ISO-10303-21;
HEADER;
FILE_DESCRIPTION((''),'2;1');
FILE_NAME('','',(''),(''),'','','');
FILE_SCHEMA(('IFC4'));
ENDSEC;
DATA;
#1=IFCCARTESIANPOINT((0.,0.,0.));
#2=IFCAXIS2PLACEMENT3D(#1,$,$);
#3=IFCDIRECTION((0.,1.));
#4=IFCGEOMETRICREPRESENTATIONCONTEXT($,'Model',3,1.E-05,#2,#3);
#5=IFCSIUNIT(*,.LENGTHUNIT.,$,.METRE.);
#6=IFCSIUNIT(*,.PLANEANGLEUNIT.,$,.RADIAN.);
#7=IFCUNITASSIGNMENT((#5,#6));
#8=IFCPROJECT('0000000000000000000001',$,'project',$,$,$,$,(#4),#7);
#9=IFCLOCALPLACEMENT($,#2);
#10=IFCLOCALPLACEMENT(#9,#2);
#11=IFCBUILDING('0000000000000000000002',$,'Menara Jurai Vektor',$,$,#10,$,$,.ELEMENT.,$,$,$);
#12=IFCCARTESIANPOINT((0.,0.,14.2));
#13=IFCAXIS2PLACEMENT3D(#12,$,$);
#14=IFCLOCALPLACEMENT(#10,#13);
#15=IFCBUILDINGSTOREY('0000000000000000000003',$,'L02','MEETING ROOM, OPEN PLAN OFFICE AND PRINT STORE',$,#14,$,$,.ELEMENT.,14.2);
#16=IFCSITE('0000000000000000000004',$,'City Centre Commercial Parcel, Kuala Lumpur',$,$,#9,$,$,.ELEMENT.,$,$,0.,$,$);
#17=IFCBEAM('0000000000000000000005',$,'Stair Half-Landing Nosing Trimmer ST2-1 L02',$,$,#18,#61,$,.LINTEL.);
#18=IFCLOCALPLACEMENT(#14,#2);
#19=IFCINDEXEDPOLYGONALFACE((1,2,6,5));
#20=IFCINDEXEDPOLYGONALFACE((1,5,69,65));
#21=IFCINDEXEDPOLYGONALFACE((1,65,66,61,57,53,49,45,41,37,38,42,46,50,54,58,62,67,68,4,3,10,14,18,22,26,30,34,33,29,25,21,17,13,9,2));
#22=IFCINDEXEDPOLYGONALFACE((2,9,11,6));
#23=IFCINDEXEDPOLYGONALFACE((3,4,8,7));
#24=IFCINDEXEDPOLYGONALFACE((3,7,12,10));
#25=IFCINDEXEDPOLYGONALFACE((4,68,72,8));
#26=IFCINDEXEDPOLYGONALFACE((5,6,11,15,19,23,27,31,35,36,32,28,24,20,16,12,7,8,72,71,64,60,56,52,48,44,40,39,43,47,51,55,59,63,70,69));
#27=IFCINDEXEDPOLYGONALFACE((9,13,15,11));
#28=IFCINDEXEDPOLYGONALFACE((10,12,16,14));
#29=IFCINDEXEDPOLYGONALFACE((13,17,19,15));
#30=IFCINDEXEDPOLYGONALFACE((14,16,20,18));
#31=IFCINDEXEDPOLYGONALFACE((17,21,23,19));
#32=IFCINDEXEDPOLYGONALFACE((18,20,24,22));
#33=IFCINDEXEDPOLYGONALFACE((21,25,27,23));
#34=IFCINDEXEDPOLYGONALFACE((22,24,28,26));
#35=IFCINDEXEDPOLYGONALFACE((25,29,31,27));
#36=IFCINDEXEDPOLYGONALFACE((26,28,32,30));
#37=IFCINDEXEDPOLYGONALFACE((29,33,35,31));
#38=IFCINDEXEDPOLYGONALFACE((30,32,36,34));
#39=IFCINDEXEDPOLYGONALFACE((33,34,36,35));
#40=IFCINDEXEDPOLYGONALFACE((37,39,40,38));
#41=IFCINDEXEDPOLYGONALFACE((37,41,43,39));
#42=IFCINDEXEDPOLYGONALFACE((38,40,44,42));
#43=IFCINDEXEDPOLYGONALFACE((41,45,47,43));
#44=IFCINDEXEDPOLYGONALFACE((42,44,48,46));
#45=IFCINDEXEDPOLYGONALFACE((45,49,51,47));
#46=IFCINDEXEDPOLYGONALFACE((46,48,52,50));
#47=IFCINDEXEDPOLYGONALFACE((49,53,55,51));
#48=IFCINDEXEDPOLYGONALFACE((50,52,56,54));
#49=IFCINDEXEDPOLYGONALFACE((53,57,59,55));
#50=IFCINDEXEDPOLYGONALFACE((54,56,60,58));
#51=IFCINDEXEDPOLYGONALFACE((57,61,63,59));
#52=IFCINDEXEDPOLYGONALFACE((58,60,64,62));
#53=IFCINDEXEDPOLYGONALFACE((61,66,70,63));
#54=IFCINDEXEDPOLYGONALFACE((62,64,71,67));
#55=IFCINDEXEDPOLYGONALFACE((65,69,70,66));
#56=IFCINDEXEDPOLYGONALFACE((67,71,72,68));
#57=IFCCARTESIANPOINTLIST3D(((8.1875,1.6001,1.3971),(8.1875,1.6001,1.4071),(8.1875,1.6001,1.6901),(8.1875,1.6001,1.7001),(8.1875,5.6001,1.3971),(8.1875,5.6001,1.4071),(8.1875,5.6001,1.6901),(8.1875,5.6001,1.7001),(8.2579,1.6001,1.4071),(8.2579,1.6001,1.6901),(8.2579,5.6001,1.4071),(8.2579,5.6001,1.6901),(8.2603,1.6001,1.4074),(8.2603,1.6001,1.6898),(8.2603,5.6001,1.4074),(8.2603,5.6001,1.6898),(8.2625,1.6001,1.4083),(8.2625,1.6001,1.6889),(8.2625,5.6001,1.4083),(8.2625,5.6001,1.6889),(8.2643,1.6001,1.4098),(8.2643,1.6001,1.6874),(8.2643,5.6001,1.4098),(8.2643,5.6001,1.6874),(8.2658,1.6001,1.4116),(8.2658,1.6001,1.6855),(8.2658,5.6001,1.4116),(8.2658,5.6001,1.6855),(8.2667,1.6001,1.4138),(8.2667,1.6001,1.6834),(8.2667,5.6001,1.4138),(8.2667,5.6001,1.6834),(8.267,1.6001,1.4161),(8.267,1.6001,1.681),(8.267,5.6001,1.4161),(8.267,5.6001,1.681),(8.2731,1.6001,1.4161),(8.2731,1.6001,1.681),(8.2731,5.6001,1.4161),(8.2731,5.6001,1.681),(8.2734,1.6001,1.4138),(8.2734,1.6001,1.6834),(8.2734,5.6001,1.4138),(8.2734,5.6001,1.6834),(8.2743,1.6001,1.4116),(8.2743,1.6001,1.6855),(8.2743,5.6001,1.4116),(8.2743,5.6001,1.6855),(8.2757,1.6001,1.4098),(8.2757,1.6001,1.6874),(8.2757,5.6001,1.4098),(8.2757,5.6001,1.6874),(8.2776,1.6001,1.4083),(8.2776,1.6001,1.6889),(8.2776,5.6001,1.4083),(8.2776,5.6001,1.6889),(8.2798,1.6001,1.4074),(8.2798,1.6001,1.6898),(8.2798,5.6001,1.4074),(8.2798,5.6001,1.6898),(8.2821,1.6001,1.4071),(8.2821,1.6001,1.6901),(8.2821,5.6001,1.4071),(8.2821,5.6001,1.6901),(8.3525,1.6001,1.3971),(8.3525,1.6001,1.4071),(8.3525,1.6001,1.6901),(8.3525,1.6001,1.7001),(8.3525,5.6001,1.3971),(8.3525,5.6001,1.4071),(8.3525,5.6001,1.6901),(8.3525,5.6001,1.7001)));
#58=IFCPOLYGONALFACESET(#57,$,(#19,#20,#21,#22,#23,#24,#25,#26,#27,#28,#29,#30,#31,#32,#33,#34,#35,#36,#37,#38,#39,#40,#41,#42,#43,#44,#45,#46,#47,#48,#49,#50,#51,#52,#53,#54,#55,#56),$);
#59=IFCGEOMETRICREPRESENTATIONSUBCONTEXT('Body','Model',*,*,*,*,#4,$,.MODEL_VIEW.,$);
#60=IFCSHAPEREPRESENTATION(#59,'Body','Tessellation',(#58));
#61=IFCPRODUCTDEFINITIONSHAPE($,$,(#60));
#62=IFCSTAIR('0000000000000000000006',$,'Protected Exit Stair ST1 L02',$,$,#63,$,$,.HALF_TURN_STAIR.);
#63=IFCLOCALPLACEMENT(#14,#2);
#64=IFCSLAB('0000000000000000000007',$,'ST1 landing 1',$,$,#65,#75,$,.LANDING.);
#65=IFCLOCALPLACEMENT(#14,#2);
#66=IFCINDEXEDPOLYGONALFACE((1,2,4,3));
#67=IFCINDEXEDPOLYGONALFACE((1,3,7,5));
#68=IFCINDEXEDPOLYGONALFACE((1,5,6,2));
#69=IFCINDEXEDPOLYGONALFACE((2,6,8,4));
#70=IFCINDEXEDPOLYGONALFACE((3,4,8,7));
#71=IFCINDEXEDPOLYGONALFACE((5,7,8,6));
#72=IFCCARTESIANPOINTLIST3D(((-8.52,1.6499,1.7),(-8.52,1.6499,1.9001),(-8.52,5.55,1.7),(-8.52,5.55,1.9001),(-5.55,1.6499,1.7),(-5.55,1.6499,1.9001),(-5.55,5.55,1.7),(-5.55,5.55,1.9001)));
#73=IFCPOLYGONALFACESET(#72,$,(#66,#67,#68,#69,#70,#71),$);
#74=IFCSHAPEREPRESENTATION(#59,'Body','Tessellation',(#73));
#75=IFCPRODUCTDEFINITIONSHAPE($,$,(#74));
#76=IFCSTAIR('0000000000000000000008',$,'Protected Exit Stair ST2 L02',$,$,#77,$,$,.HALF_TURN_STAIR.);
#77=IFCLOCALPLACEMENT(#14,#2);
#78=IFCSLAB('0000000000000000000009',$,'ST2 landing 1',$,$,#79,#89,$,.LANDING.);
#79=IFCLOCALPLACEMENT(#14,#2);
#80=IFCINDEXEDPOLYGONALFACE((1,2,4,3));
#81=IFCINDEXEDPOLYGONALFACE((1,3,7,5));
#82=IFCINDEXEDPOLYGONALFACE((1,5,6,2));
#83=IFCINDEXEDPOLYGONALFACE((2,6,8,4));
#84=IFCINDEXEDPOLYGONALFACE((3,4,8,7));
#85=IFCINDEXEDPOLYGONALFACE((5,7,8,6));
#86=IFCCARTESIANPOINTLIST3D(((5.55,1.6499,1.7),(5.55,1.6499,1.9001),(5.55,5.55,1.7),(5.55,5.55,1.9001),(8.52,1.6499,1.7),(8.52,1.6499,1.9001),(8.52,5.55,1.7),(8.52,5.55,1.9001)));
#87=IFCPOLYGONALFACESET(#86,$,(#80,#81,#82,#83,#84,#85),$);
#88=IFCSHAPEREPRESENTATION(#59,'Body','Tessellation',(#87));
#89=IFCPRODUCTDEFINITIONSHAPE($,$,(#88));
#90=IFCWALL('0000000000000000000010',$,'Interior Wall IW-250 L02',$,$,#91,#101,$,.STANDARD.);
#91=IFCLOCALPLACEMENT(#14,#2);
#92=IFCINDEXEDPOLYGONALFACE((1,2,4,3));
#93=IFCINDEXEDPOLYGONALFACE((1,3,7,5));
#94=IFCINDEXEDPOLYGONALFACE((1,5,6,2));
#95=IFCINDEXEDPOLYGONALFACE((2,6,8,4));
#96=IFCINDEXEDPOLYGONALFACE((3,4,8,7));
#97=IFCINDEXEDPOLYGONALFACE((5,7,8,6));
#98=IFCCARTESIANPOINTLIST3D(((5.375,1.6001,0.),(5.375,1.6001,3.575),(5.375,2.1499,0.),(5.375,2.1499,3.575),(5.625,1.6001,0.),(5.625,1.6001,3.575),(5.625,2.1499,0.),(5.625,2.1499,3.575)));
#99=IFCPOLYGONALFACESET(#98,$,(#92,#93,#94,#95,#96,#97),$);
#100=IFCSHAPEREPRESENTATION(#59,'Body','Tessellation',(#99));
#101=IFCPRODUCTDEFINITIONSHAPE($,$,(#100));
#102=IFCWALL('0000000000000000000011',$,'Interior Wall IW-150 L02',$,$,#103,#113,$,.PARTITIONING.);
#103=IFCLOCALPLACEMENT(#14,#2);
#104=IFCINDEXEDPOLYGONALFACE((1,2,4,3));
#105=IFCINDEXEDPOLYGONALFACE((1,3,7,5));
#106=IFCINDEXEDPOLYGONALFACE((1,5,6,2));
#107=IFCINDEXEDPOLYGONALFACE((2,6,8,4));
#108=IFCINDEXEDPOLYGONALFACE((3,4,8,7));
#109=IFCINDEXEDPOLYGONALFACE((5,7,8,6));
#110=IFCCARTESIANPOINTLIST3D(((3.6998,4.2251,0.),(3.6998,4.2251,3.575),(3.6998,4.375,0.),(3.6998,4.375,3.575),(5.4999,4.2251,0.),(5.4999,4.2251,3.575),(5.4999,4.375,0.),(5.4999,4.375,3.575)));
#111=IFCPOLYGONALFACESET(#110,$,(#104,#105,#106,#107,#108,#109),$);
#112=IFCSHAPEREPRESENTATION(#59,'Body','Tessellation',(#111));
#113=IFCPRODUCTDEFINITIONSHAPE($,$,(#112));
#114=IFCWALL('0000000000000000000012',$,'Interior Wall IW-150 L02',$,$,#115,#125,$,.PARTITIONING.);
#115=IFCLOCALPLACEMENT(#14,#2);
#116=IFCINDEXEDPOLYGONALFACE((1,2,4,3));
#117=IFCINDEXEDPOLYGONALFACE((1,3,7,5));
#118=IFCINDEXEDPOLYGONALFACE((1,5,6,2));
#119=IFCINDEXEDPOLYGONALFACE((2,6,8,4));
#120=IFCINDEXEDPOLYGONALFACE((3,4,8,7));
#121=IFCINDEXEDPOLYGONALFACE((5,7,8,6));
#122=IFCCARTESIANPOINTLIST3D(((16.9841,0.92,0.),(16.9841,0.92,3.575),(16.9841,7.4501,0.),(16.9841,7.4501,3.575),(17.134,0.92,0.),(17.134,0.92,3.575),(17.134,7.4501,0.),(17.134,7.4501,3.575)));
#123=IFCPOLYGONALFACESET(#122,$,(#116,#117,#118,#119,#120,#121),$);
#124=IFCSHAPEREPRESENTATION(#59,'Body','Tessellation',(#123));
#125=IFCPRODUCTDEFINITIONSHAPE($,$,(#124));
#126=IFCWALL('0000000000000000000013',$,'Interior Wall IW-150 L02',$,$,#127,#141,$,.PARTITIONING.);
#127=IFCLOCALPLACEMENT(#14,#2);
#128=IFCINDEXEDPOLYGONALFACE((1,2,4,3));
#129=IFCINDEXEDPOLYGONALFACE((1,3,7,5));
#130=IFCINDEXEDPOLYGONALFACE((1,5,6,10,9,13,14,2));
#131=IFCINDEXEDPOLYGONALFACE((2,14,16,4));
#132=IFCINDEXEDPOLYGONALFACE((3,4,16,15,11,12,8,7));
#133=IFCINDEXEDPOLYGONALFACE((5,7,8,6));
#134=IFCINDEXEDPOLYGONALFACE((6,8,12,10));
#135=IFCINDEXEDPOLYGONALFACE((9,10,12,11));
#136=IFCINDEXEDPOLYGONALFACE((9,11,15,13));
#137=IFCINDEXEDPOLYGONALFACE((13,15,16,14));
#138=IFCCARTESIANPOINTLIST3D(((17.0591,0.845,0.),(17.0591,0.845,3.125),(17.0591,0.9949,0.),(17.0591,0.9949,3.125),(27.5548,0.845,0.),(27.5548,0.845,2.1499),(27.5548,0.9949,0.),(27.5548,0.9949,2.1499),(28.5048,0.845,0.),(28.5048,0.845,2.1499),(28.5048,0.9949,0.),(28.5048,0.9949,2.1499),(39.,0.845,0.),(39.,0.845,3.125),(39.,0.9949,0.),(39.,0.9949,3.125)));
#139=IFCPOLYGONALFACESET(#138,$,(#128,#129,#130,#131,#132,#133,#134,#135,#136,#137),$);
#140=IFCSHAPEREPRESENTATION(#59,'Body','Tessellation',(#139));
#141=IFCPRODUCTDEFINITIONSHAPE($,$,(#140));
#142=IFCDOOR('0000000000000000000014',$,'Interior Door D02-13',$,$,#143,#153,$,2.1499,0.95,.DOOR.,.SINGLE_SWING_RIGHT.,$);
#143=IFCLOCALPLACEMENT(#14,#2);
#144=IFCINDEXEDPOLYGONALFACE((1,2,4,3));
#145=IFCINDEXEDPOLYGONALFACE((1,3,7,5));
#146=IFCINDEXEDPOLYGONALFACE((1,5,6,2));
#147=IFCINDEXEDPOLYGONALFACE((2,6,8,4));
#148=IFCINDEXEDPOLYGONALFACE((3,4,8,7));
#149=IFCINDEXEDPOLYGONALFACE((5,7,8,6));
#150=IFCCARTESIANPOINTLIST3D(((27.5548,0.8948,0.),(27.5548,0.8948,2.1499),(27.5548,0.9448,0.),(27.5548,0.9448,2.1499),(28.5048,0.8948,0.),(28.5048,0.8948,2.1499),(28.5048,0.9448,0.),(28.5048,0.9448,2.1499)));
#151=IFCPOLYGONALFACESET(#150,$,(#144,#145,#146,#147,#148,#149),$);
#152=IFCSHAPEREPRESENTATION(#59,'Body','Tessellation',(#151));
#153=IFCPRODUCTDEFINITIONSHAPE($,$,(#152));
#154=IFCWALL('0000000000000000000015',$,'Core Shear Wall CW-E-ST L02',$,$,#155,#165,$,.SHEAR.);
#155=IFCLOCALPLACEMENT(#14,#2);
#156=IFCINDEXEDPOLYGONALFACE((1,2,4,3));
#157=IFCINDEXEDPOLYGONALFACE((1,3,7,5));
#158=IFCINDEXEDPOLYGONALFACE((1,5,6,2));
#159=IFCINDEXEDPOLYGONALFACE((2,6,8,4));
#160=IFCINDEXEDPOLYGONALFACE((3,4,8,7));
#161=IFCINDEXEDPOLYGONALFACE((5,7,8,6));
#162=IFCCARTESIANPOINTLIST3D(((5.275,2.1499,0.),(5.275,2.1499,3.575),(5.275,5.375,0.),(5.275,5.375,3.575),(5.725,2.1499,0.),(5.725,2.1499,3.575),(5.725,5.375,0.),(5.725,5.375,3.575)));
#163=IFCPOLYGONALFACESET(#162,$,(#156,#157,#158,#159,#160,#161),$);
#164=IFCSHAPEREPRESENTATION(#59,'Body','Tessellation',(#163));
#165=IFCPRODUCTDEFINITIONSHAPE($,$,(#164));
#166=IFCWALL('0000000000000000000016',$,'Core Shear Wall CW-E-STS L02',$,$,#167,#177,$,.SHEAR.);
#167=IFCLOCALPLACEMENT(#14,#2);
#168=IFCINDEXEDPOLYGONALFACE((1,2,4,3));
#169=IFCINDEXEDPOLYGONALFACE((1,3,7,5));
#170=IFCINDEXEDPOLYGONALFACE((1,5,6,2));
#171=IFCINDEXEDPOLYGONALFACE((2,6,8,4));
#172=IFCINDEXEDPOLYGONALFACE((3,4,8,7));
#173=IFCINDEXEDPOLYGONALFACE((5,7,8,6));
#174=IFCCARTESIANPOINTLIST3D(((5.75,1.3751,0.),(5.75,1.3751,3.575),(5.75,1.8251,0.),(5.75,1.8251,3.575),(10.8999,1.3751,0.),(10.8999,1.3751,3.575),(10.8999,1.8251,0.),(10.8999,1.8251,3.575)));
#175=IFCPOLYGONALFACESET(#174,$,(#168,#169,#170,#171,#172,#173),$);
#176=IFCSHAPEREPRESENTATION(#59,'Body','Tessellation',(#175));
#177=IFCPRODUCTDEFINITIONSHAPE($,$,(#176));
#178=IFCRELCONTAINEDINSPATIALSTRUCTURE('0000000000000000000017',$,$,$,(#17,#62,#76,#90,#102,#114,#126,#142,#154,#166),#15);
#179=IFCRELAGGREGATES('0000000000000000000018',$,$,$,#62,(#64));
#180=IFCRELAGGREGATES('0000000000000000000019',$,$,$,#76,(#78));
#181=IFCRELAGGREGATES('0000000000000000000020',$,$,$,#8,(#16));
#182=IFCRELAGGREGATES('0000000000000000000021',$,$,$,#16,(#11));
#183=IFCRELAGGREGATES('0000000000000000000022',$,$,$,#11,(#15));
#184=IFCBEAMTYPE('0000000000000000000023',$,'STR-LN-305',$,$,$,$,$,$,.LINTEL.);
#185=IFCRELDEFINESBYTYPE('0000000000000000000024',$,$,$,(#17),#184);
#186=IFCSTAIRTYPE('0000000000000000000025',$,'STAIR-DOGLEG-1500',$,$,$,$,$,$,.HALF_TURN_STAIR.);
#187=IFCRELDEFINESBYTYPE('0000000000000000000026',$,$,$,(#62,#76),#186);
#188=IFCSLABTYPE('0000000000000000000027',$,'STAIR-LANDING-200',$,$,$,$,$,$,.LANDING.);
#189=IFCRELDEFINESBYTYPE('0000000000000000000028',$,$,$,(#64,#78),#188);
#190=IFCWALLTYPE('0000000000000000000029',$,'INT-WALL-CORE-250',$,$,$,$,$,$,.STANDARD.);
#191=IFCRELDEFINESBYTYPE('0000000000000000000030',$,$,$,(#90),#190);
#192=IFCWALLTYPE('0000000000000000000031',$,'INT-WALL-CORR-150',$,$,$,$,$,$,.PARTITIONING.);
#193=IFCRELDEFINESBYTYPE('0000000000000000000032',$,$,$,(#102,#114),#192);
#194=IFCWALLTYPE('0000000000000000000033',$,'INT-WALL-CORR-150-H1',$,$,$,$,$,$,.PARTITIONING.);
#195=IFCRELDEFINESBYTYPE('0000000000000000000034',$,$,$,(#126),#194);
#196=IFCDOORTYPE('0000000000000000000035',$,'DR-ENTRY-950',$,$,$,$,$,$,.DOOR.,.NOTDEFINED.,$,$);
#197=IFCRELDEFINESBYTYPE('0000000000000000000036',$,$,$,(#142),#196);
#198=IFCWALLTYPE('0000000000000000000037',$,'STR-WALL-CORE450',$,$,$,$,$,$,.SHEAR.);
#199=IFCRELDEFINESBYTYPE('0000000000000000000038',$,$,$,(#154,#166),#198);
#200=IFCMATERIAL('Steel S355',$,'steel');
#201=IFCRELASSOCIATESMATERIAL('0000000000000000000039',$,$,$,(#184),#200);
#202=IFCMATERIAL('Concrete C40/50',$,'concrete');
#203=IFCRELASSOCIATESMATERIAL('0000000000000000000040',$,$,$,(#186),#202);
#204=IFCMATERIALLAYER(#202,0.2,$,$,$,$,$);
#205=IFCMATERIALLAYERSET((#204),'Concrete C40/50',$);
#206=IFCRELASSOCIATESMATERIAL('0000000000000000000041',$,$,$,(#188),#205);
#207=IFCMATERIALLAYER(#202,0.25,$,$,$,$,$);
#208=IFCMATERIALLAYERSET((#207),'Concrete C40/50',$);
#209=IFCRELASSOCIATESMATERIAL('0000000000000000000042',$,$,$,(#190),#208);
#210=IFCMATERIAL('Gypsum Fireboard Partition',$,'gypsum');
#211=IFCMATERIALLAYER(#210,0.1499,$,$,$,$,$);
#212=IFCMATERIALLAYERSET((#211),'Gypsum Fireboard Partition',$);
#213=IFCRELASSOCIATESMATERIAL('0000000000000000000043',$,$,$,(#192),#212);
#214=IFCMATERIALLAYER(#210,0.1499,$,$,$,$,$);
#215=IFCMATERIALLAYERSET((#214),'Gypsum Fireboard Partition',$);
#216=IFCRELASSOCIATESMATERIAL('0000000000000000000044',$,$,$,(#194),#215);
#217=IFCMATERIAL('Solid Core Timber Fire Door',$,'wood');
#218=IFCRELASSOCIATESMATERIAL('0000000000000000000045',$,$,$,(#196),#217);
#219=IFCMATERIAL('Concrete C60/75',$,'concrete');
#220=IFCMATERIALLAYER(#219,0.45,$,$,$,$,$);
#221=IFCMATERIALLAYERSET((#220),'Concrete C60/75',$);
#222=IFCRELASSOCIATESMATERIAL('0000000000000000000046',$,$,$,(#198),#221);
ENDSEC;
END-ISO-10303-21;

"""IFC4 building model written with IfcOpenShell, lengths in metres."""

from ifc_helpers import new_model, si_unit, direction, frame, frame_2d, origin, origin_2d, place, context, subcontext, project, spatial, polyline, rectangle, i_section, outline, extrude, material, layer, layer_set, material_profile, profile_set, type_object, element, fill, aggregate, save


model = new_model("IFC4")

# Units and contexts
model_context = context("Model", 3, precision=1e-05, world=origin(), true_north=direction((0.0, 1.0)))
body_context = subcontext(model_context, "Body", "Model", "MODEL_VIEW")
ifc_project = project(units=[si_unit("LENGTHUNIT", "METRE"), si_unit("PLANEANGLEUNIT", "RADIAN")], contexts=[model_context])

# Site, building, storey
site_placement = place(None, origin())
site = spatial("IfcSite", under=ifc_project, at=site_placement, Name="City Centre Commercial Parcel, Kuala Lumpur", CompositionType="ELEMENT", RefElevation=0.0)
building_placement = place(site_placement, origin())
building = spatial("IfcBuilding", under=site, at=building_placement, Name="Menara Jurai Vektor", CompositionType="ELEMENT")
storey_placement = place(building_placement, frame((0.0, 0.0, 14.2)))
storey = spatial("IfcBuildingStorey", under=building, at=storey_placement, Name="L02", Description="MEETING ROOM, OPEN PLAN OFFICE AND PRINT STORE", CompositionType="ELEMENT", Elevation=14.2)

# Shared definitions
ifc_material_1 = material(Name="Concrete C60/75", Category="concrete")

# Beam
ifc_material_2 = material(Name="Steel S355", Category="steel")
ifc_material_profile_1 = material_profile(ifc_material_2, i_section(OverallWidth=0.165, OverallDepth=0.303, WebThickness=0.0061, FlangeThickness=0.01, FilletRadius=0.009, at=origin_2d()), Name="UKB 305x165x40")
ifc_profile_set_1 = profile_set([ifc_material_profile_1], Name="Steel S355")
beam_type_1 = type_object("IfcBeamType", Name="STR-LN-305", PredefinedType="LINTEL", material=ifc_profile_set_1)
beam_1_placement = place(storey_placement, frame((8.27, 1.6001, 1.5486), z_axis=(0.0, 1.0, 0.0), x_axis=(-1.0, 0.0, 0.0)))
element("IfcBeam", 1, at=beam_1_placement, inside=storey, type_object=beam_type_1, Name="Stair Half-Landing Nosing Trimmer ST2-1 L02", PredefinedType="LINTEL", context=body_context, shape_type="SweptSolid", body=[
    extrude(i_section(OverallWidth=0.165, OverallDepth=0.303, WebThickness=0.0061, FlangeThickness=0.01, FilletRadius=0.009, at=origin_2d()), origin(), (0.0, 0.0, 1.0), 4.0),
])

# Stairs, slabs
ifc_material_3 = material(Name="Concrete C40/50", Category="concrete")
stair_type = type_object("IfcStairType", Name="STAIR-DOGLEG-1500", PredefinedType="HALF_TURN_STAIR", material=ifc_material_3)
stair_1_placement = place(storey_placement, origin())
stair_1 = element("IfcStair", 2, at=stair_1_placement, inside=storey, type_object=stair_type, Name="Protected Exit Stair ST1 L02", PredefinedType="HALF_TURN_STAIR")
ifc_layer_1 = layer(ifc_material_3, 0.2)
ifc_layer_set_1 = layer_set([ifc_layer_1], Name="Concrete C40/50")
slab_type = type_object("IfcSlabType", Name="STAIR-LANDING-200", PredefinedType="LANDING", material=ifc_layer_set_1)
slab_1_placement = place(storey_placement, frame((0.0, 0.0, 1.7)))
slab_1 = element("IfcSlab", 3, at=slab_1_placement, type_object=slab_type, Name="ST1 landing 1", PredefinedType="LANDING", context=body_context, shape_type="SweptSolid", body=[
    extrude(outline(polyline([(-8.52, 1.6499), (-5.55, 1.6499), (-5.55, 5.55), (-8.52, 5.55), (-8.52, 1.6499)])), origin(), (0.0, 0.0, 1.0), 0.2002),
])
aggregate(stair_1, [slab_1])
stair_2_placement = place(storey_placement, origin())
stair_2 = element("IfcStair", 4, at=stair_2_placement, inside=storey, type_object=stair_type, Name="Protected Exit Stair ST2 L02", PredefinedType="HALF_TURN_STAIR")
slab_2_placement = place(storey_placement, frame((0.0, 0.0, 1.7)))
slab_2 = element("IfcSlab", 5, at=slab_2_placement, type_object=slab_type, Name="ST2 landing 1", PredefinedType="LANDING", context=body_context, shape_type="SweptSolid", body=[
    extrude(outline(polyline([(5.55, 1.6499), (8.52, 1.6499), (8.52, 5.55), (5.55, 5.55), (5.55, 1.6499)])), origin(), (0.0, 0.0, 1.0), 0.2002),
])

# Shared definitions
ifc_layer_2 = layer(ifc_material_3, 0.25)
ifc_layer_set_2 = layer_set([ifc_layer_2], Name="Concrete C40/50")
wall_type_1 = type_object("IfcWallType", Name="INT-WALL-CORE-250", PredefinedType="STANDARD", material=ifc_layer_set_2)

# Walls
wall_1_placement = place(storey_placement, frame((5.5, 1.6001, 0.0), z_axis=(0.0, 0.0, 1.0), x_axis=(0.0, 1.0, 0.0)))
element("IfcWall", 6, at=wall_1_placement, inside=storey, type_object=wall_type_1, Name="Interior Wall IW-250 L02", PredefinedType="STANDARD", context=body_context, shape_type="SweptSolid", body=[
    extrude(rectangle(XDim=0.5498, YDim=0.25, at=frame_2d((0.2749, 0.0))), origin(), (0.0, 0.0, 1.0), 3.575),
])
ifc_material_4 = material(Name="Gypsum Fireboard Partition", Category="gypsum")
ifc_layer_3 = layer(ifc_material_4, 0.1499)
ifc_layer_set_3 = layer_set([ifc_layer_3], Name="Gypsum Fireboard Partition")
wall_type_2 = type_object("IfcWallType", Name="INT-WALL-CORR-150", PredefinedType="PARTITIONING", material=ifc_layer_set_3)
wall_2_placement = place(storey_placement, frame((3.7, 4.3, 0.0), z_axis=(0.0, 0.0, 1.0), x_axis=(1.0, 0.0, 0.0)))
element("IfcWall", 7, at=wall_2_placement, inside=storey, type_object=wall_type_2, Name="Interior Wall IW-150 L02", PredefinedType="PARTITIONING", context=body_context, shape_type="SweptSolid", body=[
    extrude(rectangle(XDim=1.8, YDim=0.1499, at=frame_2d((0.8999, 0.0))), origin(), (0.0, 0.0, 1.0), 3.575),
])
wall_3_placement = place(storey_placement, frame((17.0591, 0.9199, 0.0), z_axis=(0.0, 0.0, 1.0), x_axis=(0.0, 1.0, 0.0)))
element("IfcWall", 8, at=wall_3_placement, inside=storey, type_object=wall_type_2, Name="Interior Wall IW-150 L02", PredefinedType="PARTITIONING", context=body_context, shape_type="SweptSolid", body=[
    extrude(rectangle(XDim=6.53, YDim=0.1499, at=frame_2d((3.2651, 0.0))), origin(), (0.0, 0.0, 1.0), 3.575),
])

# Wall, opening, door
ifc_layer_4 = layer(ifc_material_4, 0.1499)
ifc_layer_set_4 = layer_set([ifc_layer_4], Name="Gypsum Fireboard Partition")
wall_type_3 = type_object("IfcWallType", Name="INT-WALL-CORR-150-H1", PredefinedType="PARTITIONING", material=ifc_layer_set_4)
wall_4_placement = place(storey_placement, frame((17.0591, 0.9199, 0.0), z_axis=(0.0, 0.0, 1.0), x_axis=(1.0, 0.0, 0.0)))
wall_4 = element("IfcWall", 9, at=wall_4_placement, inside=storey, type_object=wall_type_3, Name="Interior Wall IW-150 L02", PredefinedType="PARTITIONING", context=body_context, shape_type="SweptSolid", body=[
    extrude(rectangle(XDim=21.9409, YDim=0.1499, at=frame_2d((10.9705, 0.0))), origin(), (0.0, 0.0, 1.0), 3.125),
])
opening_1_placement = place(wall_4_placement, frame((10.4956, 0.0, 0.0)))
opening_1 = element("IfcOpeningElement", 10, at=opening_1_placement, cuts=wall_4, PredefinedType="OPENING", context=body_context, shape_type="SweptSolid", body=[
    extrude(rectangle(XDim=0.95, YDim=2.1499, at=frame_2d((0.4751, 1.075))), frame((0.0, 0.085, 0.0), z_axis=(0.0, -1.0, 0.0), x_axis=(1.0, 0.0, 0.0)), (0.0, 0.0, 1.0), 0.1699),
])
ifc_material_5 = material(Name="Solid Core Timber Fire Door", Category="wood")
door_type_1 = type_object("IfcDoorType", Name="DR-ENTRY-950", OperationType="NOTDEFINED", PredefinedType="DOOR", material=ifc_material_5)
door_1_placement = place(opening_1_placement, origin())
door_1 = element("IfcDoor", 11, at=door_1_placement, inside=storey, type_object=door_type_1, Name="Interior Door D02-13", OperationType="SINGLE_SWING_RIGHT", OverallHeight=2.1499, OverallWidth=0.95, PredefinedType="DOOR", context=body_context, shape_type="SweptSolid", body=[
    extrude(rectangle(XDim=0.95, YDim=2.1499, at=frame_2d((0.4751, 1.075))), frame((0.0, 0.0249, 0.0), z_axis=(0.0, -1.0, 0.0), x_axis=(1.0, 0.0, 0.0)), (0.0, 0.0, 1.0), 0.05),
])
fill(opening_1, door_1)

# Walls
ifc_layer_5 = layer(ifc_material_1, 0.45)
ifc_layer_set_5 = layer_set([ifc_layer_5], Name="Concrete C60/75")
wall_type_4 = type_object("IfcWallType", Name="STR-WALL-CORE450", PredefinedType="SHEAR", material=ifc_layer_set_5)
wall_5_placement = place(storey_placement, frame((5.5, 2.1499, 0.0), z_axis=(0.0, 0.0, 1.0), x_axis=(0.0, 1.0, 0.0)))
element("IfcWall", 12, at=wall_5_placement, inside=storey, type_object=wall_type_4, Name="Core Shear Wall CW-E-ST L02", PredefinedType="SHEAR", context=body_context, shape_type="SweptSolid", body=[
    extrude(rectangle(XDim=3.2251, YDim=0.45, at=frame_2d((1.6125, 0.0))), origin(), (0.0, 0.0, 1.0), 3.575),
])
wall_6_placement = place(storey_placement, frame((5.75, 1.6001, 0.0), z_axis=(0.0, 0.0, 1.0), x_axis=(1.0, 0.0, 0.0)))
element("IfcWall", 13, at=wall_6_placement, inside=storey, type_object=wall_type_4, Name="Core Shear Wall CW-E-STS L02", PredefinedType="SHEAR", context=body_context, shape_type="SweptSolid", body=[
    extrude(rectangle(XDim=5.1499, YDim=0.45, at=frame_2d((2.575, 0.0))), origin(), (0.0, 0.0, 1.0), 3.575),
])

aggregate(stair_2, [slab_2])

save(model, "model.ifc")
